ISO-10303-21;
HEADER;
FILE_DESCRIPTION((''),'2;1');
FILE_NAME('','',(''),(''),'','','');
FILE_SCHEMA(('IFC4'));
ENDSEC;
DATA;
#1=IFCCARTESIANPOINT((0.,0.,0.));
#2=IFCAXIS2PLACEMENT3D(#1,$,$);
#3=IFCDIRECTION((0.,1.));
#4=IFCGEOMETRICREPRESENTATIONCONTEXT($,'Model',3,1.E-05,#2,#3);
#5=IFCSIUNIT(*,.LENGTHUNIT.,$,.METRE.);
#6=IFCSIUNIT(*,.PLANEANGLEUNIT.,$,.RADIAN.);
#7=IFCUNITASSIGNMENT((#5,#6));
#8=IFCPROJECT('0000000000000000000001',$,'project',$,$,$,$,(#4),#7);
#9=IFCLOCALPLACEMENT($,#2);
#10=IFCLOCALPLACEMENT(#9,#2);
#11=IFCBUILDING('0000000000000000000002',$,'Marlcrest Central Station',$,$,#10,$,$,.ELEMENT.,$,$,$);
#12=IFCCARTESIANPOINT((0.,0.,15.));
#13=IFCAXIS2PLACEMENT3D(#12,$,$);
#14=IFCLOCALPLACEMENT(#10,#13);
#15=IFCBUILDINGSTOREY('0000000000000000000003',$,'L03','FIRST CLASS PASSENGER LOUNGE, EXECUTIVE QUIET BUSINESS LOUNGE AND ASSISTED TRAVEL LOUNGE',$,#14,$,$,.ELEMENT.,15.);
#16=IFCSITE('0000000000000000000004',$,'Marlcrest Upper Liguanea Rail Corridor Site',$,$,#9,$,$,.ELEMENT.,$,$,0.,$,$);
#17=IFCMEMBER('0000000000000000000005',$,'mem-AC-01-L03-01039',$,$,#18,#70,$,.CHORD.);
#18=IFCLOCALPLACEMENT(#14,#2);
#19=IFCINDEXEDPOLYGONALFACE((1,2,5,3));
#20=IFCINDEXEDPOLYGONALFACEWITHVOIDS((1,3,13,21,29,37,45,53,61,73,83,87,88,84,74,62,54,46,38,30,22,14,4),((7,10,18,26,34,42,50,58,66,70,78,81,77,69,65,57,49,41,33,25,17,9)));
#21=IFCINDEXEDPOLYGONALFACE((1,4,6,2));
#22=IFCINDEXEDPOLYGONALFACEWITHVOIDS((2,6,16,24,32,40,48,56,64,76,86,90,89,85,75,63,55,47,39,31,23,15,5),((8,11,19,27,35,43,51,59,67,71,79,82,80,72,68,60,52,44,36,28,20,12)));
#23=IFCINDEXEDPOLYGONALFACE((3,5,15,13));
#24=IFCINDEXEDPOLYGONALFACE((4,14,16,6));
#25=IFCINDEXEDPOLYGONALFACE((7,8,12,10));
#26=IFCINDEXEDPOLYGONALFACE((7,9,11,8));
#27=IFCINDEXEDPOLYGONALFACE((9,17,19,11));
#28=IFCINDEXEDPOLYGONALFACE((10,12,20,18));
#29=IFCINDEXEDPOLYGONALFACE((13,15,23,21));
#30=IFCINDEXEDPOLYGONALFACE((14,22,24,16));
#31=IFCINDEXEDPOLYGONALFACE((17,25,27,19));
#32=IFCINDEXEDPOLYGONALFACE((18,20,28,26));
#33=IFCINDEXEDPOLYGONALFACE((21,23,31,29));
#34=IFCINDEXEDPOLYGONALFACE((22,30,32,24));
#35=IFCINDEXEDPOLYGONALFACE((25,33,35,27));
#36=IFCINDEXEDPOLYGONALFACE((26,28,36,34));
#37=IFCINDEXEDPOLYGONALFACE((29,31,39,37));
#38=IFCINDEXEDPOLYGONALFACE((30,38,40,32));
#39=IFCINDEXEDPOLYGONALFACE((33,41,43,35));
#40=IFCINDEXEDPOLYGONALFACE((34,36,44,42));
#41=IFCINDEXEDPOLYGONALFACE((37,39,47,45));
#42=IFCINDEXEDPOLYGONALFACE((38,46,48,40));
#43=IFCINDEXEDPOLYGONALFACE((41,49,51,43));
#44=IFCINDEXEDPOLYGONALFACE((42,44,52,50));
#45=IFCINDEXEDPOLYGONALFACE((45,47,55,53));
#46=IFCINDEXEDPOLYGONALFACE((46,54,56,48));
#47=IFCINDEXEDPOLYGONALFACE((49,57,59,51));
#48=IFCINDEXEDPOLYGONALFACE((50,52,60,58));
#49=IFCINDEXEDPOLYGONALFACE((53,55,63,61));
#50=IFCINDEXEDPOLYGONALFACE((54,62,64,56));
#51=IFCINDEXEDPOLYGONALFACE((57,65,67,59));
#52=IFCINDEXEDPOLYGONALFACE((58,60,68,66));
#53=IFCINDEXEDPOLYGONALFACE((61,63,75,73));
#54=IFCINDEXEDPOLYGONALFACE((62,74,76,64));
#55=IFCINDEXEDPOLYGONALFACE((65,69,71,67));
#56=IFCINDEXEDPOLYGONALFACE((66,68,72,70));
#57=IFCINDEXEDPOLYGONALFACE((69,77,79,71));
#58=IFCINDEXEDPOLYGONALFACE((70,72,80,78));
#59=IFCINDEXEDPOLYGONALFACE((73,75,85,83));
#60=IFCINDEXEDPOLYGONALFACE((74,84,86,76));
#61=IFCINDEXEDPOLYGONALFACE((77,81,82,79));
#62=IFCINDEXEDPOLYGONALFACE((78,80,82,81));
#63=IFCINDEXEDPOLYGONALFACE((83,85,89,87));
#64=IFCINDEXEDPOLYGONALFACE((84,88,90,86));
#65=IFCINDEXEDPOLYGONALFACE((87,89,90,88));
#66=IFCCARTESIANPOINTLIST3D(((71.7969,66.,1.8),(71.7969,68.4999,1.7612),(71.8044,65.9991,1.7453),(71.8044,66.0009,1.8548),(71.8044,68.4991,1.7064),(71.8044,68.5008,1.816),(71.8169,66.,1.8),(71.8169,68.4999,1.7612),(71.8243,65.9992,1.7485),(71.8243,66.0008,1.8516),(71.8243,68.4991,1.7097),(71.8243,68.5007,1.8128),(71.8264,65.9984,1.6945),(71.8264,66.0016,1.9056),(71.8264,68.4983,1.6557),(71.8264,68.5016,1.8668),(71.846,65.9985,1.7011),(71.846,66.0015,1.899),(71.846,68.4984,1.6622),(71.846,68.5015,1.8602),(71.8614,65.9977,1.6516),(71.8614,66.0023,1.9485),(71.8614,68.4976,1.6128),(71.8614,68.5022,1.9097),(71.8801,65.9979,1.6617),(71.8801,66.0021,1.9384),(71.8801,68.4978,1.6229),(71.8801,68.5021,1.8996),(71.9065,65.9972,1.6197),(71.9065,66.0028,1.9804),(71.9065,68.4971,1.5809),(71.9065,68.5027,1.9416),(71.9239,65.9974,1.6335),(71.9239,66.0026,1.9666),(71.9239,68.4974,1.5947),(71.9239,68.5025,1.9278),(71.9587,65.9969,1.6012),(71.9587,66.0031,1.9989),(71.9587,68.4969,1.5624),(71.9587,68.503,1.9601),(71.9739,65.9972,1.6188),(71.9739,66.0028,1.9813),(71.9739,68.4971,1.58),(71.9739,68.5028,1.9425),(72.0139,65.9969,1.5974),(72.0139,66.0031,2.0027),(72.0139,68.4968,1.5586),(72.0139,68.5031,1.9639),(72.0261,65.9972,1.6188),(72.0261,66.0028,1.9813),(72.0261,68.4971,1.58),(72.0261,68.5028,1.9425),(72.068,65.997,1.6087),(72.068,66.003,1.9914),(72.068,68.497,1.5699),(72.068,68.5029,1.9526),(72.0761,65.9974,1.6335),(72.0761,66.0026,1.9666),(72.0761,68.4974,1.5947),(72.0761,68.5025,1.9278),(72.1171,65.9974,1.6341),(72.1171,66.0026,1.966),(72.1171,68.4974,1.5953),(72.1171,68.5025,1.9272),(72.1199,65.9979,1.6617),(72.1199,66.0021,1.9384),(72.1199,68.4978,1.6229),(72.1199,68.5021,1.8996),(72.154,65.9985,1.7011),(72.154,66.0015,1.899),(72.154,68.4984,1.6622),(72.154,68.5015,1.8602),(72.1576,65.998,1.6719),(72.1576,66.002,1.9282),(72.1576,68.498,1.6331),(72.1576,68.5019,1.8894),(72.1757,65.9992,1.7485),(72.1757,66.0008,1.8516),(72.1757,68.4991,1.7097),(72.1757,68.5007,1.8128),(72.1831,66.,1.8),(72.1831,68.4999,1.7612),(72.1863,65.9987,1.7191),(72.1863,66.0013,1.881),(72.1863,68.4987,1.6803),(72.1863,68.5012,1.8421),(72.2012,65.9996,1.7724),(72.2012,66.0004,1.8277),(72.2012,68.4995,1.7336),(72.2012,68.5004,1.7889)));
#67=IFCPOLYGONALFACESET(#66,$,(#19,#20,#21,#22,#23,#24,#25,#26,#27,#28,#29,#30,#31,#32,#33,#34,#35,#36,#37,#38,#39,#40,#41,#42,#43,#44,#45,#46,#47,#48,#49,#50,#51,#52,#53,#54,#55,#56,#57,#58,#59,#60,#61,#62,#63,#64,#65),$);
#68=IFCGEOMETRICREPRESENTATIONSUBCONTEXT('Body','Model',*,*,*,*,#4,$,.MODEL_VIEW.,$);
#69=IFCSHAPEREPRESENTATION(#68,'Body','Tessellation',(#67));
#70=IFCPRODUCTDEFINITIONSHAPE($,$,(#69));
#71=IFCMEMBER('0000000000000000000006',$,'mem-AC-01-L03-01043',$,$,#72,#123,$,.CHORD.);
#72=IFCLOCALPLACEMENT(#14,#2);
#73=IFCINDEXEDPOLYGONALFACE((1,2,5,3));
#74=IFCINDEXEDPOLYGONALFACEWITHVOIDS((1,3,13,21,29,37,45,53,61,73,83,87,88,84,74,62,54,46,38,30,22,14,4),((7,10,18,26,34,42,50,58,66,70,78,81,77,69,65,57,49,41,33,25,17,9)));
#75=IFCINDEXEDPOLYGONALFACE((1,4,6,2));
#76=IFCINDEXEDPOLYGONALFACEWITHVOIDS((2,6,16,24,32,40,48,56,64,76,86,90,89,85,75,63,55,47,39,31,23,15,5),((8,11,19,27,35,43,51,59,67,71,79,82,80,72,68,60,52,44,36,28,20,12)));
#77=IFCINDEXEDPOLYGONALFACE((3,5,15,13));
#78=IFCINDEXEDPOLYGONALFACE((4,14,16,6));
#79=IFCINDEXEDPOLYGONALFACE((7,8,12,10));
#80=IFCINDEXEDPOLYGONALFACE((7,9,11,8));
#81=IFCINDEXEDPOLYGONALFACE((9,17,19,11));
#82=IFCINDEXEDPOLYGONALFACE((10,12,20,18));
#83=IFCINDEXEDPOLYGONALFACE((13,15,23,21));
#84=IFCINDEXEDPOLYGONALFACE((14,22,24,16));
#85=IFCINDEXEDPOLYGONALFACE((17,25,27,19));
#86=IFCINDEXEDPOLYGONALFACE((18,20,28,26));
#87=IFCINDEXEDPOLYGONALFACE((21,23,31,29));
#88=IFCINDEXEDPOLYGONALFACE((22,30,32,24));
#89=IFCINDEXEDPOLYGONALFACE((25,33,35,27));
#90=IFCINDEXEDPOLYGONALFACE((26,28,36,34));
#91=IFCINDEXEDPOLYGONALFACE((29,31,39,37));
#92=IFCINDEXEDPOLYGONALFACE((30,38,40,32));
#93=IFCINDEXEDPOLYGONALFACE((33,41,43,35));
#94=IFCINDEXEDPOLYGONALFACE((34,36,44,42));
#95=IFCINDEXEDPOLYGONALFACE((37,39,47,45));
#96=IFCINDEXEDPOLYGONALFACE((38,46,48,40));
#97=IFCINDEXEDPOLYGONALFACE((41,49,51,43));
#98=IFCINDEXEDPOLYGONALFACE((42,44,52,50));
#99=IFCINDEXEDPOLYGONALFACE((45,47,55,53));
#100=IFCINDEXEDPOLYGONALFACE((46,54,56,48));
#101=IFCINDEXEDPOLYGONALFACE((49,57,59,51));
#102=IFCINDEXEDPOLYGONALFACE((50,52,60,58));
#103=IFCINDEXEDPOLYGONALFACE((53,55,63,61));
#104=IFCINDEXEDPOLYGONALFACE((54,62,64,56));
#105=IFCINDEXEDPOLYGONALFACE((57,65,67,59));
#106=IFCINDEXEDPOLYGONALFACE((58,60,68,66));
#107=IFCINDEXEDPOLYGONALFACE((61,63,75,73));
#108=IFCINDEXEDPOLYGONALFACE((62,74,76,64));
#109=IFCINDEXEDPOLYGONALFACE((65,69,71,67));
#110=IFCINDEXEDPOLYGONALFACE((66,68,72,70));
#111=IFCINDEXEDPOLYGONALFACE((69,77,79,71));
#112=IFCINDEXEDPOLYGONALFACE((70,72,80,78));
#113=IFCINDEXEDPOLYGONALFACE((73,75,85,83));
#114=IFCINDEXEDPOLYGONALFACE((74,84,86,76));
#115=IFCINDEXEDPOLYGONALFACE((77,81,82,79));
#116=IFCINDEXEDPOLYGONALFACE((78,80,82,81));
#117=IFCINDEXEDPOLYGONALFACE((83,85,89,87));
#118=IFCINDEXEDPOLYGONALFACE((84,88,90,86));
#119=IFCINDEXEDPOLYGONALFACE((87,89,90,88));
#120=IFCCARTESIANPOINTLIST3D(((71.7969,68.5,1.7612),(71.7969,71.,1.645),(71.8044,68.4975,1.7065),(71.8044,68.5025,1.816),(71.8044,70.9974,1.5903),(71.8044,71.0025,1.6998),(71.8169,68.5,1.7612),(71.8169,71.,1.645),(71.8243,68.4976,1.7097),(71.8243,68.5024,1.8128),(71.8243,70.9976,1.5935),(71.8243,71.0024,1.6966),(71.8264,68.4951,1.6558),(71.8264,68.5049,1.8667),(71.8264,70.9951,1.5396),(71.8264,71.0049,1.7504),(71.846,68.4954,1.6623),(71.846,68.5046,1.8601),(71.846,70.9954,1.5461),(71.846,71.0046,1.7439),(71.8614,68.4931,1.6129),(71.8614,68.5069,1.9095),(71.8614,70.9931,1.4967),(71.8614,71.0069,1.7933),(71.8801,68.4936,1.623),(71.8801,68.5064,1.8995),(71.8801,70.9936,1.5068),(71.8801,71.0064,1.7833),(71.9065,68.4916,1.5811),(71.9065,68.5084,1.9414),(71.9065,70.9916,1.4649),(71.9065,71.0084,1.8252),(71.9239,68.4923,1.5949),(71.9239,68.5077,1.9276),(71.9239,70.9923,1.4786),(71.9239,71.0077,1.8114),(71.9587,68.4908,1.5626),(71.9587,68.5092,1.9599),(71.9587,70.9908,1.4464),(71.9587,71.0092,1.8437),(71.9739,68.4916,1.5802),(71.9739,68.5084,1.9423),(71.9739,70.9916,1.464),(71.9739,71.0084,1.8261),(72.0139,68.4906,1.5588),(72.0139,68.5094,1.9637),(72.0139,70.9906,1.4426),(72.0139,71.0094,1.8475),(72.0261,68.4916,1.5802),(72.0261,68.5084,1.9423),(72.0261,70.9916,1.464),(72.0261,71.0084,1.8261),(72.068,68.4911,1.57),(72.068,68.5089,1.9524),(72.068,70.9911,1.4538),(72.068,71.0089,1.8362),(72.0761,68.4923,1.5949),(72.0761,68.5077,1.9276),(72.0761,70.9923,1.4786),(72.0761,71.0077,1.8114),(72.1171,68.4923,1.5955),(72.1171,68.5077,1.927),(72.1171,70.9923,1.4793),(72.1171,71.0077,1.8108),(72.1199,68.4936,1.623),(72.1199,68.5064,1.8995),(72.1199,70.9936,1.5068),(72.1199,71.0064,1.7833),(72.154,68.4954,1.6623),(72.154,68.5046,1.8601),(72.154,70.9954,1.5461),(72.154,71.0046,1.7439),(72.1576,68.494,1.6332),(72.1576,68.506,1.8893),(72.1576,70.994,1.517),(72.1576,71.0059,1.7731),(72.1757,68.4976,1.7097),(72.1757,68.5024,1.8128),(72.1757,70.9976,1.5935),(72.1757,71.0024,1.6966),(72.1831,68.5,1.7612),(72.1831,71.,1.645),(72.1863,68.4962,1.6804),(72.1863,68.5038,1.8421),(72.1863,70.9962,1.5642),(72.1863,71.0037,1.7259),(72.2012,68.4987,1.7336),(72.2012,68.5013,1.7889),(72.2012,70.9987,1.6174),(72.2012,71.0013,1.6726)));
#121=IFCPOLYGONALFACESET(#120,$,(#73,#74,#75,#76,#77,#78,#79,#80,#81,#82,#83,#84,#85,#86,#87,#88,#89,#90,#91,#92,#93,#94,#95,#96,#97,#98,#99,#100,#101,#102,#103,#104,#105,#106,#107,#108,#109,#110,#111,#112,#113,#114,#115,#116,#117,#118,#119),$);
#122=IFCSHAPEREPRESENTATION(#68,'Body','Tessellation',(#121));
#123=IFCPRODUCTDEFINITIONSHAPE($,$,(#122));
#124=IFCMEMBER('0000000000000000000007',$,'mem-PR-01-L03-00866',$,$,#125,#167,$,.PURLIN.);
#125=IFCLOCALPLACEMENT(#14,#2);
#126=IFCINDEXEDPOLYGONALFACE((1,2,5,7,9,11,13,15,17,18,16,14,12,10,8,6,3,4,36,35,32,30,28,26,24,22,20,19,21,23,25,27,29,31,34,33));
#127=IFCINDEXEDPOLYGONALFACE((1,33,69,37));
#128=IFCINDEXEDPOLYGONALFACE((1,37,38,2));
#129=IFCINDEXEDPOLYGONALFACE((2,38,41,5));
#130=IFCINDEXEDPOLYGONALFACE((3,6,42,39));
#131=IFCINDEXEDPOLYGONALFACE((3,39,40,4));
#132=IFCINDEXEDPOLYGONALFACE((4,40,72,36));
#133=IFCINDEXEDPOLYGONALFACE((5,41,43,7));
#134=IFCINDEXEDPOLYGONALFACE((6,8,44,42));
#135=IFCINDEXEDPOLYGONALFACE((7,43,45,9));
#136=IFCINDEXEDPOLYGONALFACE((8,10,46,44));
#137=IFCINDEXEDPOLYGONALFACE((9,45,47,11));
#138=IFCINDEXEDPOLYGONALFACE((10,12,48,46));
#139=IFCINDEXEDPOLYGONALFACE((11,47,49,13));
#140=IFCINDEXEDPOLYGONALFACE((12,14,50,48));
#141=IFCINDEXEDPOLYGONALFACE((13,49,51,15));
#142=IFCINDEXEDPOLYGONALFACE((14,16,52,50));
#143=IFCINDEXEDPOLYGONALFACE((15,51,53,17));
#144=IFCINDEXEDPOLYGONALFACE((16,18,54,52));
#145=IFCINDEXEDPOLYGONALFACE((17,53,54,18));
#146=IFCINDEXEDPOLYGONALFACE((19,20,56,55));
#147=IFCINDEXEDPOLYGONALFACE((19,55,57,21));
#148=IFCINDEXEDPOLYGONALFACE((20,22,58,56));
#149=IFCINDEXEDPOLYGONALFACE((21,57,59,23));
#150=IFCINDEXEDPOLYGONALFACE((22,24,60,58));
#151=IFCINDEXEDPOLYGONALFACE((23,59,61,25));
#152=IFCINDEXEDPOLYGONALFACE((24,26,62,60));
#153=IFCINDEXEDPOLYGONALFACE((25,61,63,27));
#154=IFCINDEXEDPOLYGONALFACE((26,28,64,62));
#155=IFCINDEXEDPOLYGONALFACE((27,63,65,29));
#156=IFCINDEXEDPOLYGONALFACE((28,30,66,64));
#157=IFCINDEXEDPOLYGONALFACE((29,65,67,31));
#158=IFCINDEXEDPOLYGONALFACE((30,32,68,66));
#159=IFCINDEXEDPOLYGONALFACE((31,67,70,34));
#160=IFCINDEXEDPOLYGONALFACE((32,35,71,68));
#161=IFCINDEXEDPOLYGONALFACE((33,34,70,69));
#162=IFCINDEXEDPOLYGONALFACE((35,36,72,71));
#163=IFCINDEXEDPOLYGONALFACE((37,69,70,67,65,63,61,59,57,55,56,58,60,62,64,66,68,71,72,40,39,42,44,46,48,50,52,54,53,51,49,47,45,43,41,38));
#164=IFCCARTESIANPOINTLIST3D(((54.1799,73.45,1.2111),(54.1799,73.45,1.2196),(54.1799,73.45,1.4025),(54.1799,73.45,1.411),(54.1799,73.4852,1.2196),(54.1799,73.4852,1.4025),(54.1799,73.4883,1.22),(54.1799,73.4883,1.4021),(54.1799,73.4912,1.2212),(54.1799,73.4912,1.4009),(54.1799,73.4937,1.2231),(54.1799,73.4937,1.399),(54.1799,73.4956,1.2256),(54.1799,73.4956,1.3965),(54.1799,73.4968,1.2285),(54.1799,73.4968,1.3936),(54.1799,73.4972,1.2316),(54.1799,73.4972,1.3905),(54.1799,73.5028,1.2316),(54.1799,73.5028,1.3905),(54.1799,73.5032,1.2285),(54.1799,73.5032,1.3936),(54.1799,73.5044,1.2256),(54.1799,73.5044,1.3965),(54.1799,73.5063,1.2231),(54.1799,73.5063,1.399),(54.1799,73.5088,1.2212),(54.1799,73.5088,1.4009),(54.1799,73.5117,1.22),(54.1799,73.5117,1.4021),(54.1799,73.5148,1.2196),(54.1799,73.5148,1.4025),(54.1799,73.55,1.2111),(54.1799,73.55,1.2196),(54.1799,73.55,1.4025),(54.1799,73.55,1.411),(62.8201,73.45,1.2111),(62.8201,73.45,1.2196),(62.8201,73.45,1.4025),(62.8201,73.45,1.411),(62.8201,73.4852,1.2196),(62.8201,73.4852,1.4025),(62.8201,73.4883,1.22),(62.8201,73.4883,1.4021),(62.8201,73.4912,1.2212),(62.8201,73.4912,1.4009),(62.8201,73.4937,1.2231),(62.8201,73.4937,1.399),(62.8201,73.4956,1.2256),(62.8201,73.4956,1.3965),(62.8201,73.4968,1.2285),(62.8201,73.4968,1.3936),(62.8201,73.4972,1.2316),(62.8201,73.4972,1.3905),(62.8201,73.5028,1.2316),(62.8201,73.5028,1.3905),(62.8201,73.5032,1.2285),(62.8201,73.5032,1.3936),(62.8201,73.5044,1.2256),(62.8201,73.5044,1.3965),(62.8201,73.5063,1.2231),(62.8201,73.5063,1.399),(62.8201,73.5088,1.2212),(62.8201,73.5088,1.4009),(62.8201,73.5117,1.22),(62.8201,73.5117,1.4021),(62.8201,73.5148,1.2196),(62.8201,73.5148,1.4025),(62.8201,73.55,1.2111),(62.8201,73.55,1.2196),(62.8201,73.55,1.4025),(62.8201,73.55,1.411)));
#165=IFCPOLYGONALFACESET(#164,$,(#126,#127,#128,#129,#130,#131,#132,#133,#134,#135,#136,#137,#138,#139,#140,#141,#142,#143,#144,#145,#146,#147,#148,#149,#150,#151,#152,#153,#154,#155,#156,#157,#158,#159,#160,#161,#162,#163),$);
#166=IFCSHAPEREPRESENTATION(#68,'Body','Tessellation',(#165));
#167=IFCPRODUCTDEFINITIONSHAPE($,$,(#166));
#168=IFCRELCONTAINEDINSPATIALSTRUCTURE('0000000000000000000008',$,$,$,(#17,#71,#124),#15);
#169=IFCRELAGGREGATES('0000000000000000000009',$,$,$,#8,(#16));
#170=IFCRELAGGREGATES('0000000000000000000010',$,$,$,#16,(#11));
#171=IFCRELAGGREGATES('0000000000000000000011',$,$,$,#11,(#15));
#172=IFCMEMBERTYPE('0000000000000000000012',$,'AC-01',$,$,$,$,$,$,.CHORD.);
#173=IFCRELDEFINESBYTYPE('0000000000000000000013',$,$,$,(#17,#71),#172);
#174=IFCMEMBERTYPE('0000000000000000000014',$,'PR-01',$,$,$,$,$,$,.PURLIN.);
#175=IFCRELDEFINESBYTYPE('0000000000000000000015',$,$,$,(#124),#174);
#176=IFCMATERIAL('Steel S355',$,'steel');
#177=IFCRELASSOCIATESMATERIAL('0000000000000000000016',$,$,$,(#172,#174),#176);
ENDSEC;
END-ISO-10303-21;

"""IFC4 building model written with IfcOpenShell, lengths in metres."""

from ifc_helpers import new_model, si_unit, direction, frame, origin, origin_2d, place, context, subcontext, project, spatial, hollow_circle, i_section, extrude, material, material_profile, profile_set, type_object, element, save


model = new_model("IFC4")

# Units and contexts
model_context = context("Model", 3, precision=1e-05, world=origin(), true_north=direction((0.0, 1.0)))
body_context = subcontext(model_context, "Body", "Model", "MODEL_VIEW")
ifc_project = project(units=[si_unit("LENGTHUNIT", "METRE"), si_unit("PLANEANGLEUNIT", "RADIAN")], contexts=[model_context])

# Site, building, storey
site_placement = place(None, origin())
site = spatial("IfcSite", under=ifc_project, at=site_placement, Name="Marlcrest Upper Liguanea Rail Corridor Site", CompositionType="ELEMENT", RefElevation=0.0)
building_placement = place(site_placement, origin())
building = spatial("IfcBuilding", under=site, at=building_placement, Name="Marlcrest Central Station", CompositionType="ELEMENT")
storey_placement = place(building_placement, frame((0.0, 0.0, 15.0)))
storey = spatial("IfcBuildingStorey", under=building, at=storey_placement, Name="L03", Description="FIRST CLASS PASSENGER LOUNGE, EXECUTIVE QUIET BUSINESS LOUNGE AND ASSISTED TRAVEL LOUNGE", CompositionType="ELEMENT", Elevation=15.0)

# Members
ifc_material_1 = material(Name="Steel S355", Category="steel")
ifc_material_profile_1 = material_profile(ifc_material_1, hollow_circle(Radius=0.2031, WallThickness=0.02, at=origin_2d()), Name="CHS 406.4x20")
ifc_profile_set_1 = profile_set([ifc_material_profile_1], Name="Steel S355")
member_type_1 = type_object("IfcMemberType", Name="AC-01", PredefinedType="CHORD", material=ifc_profile_set_1)
for number, where, z_axis, x_axis, name in (
    (1, (72.0, 66.0, 1.8), (0.0, 0.999879, -0.015525), (-1.0, 0.0, 0.0), "mem-AC-01-L03-01039"),
):
    element("IfcMember", number, at=place(storey_placement, frame(where, z_axis=z_axis, x_axis=x_axis)), inside=storey, type_object=member_type_1, Name=name, PredefinedType="CHORD", context=body_context, shape_type="SweptSolid", body=[
        extrude(hollow_circle(Radius=0.2031, WallThickness=0.02, at=origin_2d()), origin(), (0.0, 0.0, 1.0), 2.5002),
    ])
member_1_placement = place(storey_placement, frame((72.0, 68.5, 1.7612), z_axis=(0.0, 0.998921, -0.046434), x_axis=(-1.0, 0.0, 0.0)))
element("IfcMember", 2, at=member_1_placement, inside=storey, type_object=member_type_1, Name="mem-AC-01-L03-01043", PredefinedType="CHORD", context=body_context, shape_type="SweptSolid", body=[
    extrude(hollow_circle(Radius=0.2031, WallThickness=0.02, at=origin_2d()), origin(), (0.0, 0.0, 1.0), 2.5027),
])
ifc_material_profile_2 = material_profile(ifc_material_1, i_section(OverallWidth=0.1001, OverallDepth=0.2, WebThickness=0.0056, FlangeThickness=0.0085, FilletRadius=0.012, at=origin_2d()), Name="IPE 200")
ifc_profile_set_2 = profile_set([ifc_material_profile_2], Name="Steel S355")
member_type_2 = type_object("IfcMemberType", Name="PR-01", PredefinedType="PURLIN", material=ifc_profile_set_2)
for number, where, z_axis, x_axis, name in (
    (3, (54.1799, 73.5, 1.311), (1.0, 0.0, 0.0), (0.0, 1.0, 0.0), "mem-PR-01-L03-00866"),
):
    element("IfcMember", number, at=place(storey_placement, frame(where, z_axis=z_axis, x_axis=x_axis)), inside=storey, type_object=member_type_2, Name=name, PredefinedType="PURLIN", context=body_context, shape_type="SweptSolid", body=[
        extrude(i_section(OverallWidth=0.1001, OverallDepth=0.2, WebThickness=0.0056, FlangeThickness=0.0085, FilletRadius=0.012, at=origin_2d()), origin(), (0.0, 0.0, 1.0), 8.6401),
    ])

save(model, "model.ifc")
